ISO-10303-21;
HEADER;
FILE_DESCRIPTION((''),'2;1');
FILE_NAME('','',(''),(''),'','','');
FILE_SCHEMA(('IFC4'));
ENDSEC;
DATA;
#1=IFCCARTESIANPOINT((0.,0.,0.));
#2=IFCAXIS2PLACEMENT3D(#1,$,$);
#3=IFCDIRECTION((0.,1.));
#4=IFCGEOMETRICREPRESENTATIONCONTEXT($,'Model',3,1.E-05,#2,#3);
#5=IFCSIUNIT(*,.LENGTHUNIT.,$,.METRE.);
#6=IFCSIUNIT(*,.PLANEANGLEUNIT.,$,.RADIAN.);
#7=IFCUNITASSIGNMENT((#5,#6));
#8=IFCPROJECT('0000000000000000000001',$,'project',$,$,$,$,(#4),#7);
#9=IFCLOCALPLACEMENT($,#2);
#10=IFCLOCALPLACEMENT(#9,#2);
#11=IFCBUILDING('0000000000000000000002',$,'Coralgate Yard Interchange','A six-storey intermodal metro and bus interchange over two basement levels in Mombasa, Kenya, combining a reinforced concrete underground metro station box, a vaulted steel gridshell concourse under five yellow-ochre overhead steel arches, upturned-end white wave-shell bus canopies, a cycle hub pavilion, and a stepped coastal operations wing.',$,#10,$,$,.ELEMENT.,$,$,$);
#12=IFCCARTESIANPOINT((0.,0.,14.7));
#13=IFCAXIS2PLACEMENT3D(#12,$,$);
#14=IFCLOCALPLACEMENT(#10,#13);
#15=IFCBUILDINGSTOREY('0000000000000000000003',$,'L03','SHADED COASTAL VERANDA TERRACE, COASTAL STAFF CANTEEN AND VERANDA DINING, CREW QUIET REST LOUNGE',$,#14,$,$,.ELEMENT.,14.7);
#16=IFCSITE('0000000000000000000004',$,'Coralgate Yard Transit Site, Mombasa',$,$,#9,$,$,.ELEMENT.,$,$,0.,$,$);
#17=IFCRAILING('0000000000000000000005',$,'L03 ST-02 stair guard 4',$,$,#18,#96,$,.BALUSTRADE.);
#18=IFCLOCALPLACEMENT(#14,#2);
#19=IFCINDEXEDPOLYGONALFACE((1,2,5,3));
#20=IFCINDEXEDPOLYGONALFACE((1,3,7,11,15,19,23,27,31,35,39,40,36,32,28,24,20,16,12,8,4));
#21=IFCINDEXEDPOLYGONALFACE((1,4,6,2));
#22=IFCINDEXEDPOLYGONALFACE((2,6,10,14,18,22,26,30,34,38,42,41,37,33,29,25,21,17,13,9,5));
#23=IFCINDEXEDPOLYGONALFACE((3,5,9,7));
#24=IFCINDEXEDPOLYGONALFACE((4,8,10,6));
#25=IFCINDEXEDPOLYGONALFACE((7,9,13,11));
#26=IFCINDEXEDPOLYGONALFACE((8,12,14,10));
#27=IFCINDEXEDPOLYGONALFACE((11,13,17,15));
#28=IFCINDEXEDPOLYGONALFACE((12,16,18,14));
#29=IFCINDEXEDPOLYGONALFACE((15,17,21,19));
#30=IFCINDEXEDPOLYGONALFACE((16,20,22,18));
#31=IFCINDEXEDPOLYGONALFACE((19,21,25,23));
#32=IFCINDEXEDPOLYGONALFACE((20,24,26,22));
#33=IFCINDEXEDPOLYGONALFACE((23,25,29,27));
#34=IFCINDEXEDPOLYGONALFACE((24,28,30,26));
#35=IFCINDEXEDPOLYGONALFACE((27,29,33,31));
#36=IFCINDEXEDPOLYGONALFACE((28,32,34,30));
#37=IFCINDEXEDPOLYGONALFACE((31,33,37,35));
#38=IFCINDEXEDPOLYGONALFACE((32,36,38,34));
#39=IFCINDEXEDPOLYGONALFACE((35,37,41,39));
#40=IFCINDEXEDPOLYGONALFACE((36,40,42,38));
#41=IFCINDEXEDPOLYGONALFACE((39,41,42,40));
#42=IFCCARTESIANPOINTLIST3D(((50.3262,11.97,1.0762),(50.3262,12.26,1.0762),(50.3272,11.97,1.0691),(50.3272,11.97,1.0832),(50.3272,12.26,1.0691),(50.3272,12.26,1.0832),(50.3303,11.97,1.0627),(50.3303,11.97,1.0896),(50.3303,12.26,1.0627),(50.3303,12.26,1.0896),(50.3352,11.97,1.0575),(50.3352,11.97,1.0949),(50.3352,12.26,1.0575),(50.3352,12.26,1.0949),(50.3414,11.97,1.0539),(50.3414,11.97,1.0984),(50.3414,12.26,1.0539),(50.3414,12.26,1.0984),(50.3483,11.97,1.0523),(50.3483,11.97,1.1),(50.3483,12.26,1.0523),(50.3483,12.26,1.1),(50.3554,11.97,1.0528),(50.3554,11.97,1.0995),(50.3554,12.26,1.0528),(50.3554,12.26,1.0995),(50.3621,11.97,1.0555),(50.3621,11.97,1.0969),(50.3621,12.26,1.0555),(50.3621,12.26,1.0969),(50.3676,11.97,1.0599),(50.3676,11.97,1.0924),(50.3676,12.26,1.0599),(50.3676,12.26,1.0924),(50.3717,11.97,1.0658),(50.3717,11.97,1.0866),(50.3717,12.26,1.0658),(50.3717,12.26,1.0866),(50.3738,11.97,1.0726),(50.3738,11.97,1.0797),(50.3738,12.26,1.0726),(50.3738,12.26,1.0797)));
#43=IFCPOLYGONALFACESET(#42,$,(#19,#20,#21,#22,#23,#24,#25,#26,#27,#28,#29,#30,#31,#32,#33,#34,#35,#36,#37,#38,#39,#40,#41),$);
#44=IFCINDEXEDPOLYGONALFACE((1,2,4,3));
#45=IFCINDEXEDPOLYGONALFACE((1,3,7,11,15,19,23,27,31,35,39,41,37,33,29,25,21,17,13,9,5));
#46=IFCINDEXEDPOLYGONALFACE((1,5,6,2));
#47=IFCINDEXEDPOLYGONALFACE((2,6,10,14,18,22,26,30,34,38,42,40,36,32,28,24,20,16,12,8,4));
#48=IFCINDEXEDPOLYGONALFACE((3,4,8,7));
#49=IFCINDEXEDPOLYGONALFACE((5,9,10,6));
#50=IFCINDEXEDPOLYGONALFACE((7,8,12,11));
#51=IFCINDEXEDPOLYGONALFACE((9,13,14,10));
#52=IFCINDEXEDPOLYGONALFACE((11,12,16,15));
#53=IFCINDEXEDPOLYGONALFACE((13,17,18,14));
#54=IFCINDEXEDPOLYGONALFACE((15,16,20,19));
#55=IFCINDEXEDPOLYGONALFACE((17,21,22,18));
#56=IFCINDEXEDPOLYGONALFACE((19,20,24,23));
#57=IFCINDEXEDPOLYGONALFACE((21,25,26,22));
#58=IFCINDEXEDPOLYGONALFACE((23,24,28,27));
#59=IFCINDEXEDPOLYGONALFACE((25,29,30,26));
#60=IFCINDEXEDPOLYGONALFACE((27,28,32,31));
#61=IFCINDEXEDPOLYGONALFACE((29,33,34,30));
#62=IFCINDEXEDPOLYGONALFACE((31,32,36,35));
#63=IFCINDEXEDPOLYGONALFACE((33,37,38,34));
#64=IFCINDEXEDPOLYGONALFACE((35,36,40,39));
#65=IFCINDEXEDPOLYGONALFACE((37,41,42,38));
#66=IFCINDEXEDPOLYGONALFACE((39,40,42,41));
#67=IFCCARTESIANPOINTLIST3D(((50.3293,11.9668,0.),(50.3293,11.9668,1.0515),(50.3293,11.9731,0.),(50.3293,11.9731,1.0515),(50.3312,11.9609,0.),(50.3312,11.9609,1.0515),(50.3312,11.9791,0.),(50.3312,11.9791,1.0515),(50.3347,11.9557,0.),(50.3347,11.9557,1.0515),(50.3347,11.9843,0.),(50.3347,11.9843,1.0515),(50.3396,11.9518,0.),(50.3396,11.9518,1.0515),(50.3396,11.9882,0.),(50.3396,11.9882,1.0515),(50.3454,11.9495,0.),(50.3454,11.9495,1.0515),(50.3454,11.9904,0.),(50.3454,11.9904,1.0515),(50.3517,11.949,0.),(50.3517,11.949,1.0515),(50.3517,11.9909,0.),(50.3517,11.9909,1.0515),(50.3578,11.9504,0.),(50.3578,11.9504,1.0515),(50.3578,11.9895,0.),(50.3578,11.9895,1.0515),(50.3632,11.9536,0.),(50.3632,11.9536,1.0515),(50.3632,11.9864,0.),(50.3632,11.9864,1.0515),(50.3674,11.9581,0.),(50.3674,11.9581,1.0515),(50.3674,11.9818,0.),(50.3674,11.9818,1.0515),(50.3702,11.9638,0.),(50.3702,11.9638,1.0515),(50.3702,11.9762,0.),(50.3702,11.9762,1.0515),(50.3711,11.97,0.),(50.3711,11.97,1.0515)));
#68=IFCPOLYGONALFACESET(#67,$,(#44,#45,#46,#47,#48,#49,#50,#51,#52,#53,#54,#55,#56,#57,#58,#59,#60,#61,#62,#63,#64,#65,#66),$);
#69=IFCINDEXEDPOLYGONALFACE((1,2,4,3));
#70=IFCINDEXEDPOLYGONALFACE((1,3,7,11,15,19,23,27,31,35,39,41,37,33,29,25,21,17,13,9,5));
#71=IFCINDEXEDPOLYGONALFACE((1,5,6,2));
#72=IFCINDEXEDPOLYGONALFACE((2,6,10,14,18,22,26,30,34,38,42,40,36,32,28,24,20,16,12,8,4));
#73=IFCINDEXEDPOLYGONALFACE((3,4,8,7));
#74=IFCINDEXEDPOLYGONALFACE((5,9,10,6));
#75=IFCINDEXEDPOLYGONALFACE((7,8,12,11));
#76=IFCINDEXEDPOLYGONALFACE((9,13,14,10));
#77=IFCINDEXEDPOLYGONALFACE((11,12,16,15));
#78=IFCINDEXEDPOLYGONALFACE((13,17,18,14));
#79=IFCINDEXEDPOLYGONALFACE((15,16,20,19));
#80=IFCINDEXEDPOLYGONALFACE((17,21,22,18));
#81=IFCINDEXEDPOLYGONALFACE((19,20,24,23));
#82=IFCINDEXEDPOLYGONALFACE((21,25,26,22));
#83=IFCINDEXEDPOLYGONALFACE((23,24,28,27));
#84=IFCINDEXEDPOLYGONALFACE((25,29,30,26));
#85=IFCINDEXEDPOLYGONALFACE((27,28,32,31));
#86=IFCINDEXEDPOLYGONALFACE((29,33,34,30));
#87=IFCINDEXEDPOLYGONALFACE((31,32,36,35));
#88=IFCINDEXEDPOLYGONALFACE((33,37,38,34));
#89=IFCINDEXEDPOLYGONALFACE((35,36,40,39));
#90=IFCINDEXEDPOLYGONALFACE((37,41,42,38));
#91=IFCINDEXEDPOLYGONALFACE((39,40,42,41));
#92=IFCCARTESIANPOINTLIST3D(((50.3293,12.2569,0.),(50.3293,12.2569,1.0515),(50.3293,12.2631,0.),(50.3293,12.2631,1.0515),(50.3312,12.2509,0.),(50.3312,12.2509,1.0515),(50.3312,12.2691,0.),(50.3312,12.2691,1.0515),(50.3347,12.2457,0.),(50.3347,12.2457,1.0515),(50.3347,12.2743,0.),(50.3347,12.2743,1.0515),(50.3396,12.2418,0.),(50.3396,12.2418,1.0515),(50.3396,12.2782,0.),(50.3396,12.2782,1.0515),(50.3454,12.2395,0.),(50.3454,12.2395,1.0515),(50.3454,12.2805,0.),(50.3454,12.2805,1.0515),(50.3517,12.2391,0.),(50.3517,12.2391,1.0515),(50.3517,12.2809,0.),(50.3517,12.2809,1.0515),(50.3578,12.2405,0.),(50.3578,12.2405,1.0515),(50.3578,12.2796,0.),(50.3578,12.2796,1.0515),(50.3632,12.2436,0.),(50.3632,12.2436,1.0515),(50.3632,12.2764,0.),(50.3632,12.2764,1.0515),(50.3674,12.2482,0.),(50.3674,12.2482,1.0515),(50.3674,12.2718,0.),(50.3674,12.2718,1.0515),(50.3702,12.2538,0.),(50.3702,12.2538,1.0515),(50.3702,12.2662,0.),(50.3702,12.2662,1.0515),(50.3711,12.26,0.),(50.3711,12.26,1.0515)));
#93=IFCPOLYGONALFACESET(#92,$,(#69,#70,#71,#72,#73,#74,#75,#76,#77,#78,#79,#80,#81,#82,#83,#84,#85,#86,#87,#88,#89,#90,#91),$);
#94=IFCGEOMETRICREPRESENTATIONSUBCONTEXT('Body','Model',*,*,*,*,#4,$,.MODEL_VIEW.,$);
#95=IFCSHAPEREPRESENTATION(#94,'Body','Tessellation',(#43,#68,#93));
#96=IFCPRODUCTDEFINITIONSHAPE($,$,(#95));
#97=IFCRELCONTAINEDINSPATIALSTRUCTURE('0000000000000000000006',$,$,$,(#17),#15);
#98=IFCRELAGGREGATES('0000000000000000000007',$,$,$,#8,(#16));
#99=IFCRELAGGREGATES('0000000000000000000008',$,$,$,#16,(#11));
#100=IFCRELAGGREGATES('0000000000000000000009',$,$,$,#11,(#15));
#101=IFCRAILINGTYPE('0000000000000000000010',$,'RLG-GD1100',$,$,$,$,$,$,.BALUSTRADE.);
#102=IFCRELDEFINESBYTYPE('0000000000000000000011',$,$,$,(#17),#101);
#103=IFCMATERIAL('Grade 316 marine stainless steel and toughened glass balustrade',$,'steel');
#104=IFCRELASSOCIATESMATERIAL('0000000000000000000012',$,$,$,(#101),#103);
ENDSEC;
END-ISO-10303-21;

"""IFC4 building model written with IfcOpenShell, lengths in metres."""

from ifc_helpers import new_model, si_unit, direction, frame, origin, origin_2d, place, context, subcontext, project, spatial, circle, extrude, material, type_object, element, save


model = new_model("IFC4")

# Units and contexts
model_context = context("Model", 3, precision=1e-05, world=origin(), true_north=direction((0.0, 1.0)))
body_context = subcontext(model_context, "Body", "Model", "MODEL_VIEW")
ifc_project = project(units=[si_unit("LENGTHUNIT", "METRE"), si_unit("PLANEANGLEUNIT", "RADIAN")], contexts=[model_context])

# Site, building, storey
site_placement = place(None, origin())
site = spatial("IfcSite", under=ifc_project, at=site_placement, Name="Coralgate Yard Transit Site, Mombasa", CompositionType="ELEMENT", RefElevation=0.0)
building_placement = place(site_placement, origin())
building = spatial("IfcBuilding", under=site, at=building_placement, Name="Coralgate Yard Interchange", Description="A six-storey intermodal metro and bus interchange over two basement levels in Mombasa, Kenya, combining a reinforced concrete underground metro station box, a vaulted steel gridshell concourse under five yellow-ochre overhead steel arches, upturned-end white wave-shell bus canopies, a cycle hub pavilion, and a stepped coastal operations wing.", CompositionType="ELEMENT")
storey_placement = place(building_placement, frame((0.0, 0.0, 14.7)))
storey = spatial("IfcBuildingStorey", under=building, at=storey_placement, Name="L03", Description="SHADED COASTAL VERANDA TERRACE, COASTAL STAFF CANTEEN AND VERANDA DINING, CREW QUIET REST LOUNGE", CompositionType="ELEMENT", Elevation=14.7)

# Railing
ifc_material_1 = material(Name="Grade 316 marine stainless steel and toughened glass balustrade", Category="steel")
railing_type_1 = type_object("IfcRailingType", Name="RLG-GD1100", PredefinedType="BALUSTRADE", material=ifc_material_1)
railing_1_placement = place(storey_placement, frame((50.3501, 11.97, 0.0)))
element("IfcRailing", 1, at=railing_1_placement, inside=storey, type_object=railing_type_1, Name="L03 ST-02 stair guard 4", PredefinedType="BALUSTRADE", context=body_context, shape_type="SweptSolid", body=[
    extrude(circle(Radius=0.0239, at=origin_2d()), frame((0.0, 0.0, 1.0762), z_axis=(0.0, 1.0, 0.0), x_axis=(-1.0, 0.0, 0.0)), (0.0, 0.0, 1.0), 0.29),
    extrude(circle(Radius=0.021, at=origin_2d()), origin(), (0.0, 0.0, 1.0), 1.0515),
    extrude(circle(Radius=0.021, at=origin_2d()), frame((0.0, 0.29, 0.0)), (0.0, 0.0, 1.0), 1.0515),
])

save(model, "model.ifc")
